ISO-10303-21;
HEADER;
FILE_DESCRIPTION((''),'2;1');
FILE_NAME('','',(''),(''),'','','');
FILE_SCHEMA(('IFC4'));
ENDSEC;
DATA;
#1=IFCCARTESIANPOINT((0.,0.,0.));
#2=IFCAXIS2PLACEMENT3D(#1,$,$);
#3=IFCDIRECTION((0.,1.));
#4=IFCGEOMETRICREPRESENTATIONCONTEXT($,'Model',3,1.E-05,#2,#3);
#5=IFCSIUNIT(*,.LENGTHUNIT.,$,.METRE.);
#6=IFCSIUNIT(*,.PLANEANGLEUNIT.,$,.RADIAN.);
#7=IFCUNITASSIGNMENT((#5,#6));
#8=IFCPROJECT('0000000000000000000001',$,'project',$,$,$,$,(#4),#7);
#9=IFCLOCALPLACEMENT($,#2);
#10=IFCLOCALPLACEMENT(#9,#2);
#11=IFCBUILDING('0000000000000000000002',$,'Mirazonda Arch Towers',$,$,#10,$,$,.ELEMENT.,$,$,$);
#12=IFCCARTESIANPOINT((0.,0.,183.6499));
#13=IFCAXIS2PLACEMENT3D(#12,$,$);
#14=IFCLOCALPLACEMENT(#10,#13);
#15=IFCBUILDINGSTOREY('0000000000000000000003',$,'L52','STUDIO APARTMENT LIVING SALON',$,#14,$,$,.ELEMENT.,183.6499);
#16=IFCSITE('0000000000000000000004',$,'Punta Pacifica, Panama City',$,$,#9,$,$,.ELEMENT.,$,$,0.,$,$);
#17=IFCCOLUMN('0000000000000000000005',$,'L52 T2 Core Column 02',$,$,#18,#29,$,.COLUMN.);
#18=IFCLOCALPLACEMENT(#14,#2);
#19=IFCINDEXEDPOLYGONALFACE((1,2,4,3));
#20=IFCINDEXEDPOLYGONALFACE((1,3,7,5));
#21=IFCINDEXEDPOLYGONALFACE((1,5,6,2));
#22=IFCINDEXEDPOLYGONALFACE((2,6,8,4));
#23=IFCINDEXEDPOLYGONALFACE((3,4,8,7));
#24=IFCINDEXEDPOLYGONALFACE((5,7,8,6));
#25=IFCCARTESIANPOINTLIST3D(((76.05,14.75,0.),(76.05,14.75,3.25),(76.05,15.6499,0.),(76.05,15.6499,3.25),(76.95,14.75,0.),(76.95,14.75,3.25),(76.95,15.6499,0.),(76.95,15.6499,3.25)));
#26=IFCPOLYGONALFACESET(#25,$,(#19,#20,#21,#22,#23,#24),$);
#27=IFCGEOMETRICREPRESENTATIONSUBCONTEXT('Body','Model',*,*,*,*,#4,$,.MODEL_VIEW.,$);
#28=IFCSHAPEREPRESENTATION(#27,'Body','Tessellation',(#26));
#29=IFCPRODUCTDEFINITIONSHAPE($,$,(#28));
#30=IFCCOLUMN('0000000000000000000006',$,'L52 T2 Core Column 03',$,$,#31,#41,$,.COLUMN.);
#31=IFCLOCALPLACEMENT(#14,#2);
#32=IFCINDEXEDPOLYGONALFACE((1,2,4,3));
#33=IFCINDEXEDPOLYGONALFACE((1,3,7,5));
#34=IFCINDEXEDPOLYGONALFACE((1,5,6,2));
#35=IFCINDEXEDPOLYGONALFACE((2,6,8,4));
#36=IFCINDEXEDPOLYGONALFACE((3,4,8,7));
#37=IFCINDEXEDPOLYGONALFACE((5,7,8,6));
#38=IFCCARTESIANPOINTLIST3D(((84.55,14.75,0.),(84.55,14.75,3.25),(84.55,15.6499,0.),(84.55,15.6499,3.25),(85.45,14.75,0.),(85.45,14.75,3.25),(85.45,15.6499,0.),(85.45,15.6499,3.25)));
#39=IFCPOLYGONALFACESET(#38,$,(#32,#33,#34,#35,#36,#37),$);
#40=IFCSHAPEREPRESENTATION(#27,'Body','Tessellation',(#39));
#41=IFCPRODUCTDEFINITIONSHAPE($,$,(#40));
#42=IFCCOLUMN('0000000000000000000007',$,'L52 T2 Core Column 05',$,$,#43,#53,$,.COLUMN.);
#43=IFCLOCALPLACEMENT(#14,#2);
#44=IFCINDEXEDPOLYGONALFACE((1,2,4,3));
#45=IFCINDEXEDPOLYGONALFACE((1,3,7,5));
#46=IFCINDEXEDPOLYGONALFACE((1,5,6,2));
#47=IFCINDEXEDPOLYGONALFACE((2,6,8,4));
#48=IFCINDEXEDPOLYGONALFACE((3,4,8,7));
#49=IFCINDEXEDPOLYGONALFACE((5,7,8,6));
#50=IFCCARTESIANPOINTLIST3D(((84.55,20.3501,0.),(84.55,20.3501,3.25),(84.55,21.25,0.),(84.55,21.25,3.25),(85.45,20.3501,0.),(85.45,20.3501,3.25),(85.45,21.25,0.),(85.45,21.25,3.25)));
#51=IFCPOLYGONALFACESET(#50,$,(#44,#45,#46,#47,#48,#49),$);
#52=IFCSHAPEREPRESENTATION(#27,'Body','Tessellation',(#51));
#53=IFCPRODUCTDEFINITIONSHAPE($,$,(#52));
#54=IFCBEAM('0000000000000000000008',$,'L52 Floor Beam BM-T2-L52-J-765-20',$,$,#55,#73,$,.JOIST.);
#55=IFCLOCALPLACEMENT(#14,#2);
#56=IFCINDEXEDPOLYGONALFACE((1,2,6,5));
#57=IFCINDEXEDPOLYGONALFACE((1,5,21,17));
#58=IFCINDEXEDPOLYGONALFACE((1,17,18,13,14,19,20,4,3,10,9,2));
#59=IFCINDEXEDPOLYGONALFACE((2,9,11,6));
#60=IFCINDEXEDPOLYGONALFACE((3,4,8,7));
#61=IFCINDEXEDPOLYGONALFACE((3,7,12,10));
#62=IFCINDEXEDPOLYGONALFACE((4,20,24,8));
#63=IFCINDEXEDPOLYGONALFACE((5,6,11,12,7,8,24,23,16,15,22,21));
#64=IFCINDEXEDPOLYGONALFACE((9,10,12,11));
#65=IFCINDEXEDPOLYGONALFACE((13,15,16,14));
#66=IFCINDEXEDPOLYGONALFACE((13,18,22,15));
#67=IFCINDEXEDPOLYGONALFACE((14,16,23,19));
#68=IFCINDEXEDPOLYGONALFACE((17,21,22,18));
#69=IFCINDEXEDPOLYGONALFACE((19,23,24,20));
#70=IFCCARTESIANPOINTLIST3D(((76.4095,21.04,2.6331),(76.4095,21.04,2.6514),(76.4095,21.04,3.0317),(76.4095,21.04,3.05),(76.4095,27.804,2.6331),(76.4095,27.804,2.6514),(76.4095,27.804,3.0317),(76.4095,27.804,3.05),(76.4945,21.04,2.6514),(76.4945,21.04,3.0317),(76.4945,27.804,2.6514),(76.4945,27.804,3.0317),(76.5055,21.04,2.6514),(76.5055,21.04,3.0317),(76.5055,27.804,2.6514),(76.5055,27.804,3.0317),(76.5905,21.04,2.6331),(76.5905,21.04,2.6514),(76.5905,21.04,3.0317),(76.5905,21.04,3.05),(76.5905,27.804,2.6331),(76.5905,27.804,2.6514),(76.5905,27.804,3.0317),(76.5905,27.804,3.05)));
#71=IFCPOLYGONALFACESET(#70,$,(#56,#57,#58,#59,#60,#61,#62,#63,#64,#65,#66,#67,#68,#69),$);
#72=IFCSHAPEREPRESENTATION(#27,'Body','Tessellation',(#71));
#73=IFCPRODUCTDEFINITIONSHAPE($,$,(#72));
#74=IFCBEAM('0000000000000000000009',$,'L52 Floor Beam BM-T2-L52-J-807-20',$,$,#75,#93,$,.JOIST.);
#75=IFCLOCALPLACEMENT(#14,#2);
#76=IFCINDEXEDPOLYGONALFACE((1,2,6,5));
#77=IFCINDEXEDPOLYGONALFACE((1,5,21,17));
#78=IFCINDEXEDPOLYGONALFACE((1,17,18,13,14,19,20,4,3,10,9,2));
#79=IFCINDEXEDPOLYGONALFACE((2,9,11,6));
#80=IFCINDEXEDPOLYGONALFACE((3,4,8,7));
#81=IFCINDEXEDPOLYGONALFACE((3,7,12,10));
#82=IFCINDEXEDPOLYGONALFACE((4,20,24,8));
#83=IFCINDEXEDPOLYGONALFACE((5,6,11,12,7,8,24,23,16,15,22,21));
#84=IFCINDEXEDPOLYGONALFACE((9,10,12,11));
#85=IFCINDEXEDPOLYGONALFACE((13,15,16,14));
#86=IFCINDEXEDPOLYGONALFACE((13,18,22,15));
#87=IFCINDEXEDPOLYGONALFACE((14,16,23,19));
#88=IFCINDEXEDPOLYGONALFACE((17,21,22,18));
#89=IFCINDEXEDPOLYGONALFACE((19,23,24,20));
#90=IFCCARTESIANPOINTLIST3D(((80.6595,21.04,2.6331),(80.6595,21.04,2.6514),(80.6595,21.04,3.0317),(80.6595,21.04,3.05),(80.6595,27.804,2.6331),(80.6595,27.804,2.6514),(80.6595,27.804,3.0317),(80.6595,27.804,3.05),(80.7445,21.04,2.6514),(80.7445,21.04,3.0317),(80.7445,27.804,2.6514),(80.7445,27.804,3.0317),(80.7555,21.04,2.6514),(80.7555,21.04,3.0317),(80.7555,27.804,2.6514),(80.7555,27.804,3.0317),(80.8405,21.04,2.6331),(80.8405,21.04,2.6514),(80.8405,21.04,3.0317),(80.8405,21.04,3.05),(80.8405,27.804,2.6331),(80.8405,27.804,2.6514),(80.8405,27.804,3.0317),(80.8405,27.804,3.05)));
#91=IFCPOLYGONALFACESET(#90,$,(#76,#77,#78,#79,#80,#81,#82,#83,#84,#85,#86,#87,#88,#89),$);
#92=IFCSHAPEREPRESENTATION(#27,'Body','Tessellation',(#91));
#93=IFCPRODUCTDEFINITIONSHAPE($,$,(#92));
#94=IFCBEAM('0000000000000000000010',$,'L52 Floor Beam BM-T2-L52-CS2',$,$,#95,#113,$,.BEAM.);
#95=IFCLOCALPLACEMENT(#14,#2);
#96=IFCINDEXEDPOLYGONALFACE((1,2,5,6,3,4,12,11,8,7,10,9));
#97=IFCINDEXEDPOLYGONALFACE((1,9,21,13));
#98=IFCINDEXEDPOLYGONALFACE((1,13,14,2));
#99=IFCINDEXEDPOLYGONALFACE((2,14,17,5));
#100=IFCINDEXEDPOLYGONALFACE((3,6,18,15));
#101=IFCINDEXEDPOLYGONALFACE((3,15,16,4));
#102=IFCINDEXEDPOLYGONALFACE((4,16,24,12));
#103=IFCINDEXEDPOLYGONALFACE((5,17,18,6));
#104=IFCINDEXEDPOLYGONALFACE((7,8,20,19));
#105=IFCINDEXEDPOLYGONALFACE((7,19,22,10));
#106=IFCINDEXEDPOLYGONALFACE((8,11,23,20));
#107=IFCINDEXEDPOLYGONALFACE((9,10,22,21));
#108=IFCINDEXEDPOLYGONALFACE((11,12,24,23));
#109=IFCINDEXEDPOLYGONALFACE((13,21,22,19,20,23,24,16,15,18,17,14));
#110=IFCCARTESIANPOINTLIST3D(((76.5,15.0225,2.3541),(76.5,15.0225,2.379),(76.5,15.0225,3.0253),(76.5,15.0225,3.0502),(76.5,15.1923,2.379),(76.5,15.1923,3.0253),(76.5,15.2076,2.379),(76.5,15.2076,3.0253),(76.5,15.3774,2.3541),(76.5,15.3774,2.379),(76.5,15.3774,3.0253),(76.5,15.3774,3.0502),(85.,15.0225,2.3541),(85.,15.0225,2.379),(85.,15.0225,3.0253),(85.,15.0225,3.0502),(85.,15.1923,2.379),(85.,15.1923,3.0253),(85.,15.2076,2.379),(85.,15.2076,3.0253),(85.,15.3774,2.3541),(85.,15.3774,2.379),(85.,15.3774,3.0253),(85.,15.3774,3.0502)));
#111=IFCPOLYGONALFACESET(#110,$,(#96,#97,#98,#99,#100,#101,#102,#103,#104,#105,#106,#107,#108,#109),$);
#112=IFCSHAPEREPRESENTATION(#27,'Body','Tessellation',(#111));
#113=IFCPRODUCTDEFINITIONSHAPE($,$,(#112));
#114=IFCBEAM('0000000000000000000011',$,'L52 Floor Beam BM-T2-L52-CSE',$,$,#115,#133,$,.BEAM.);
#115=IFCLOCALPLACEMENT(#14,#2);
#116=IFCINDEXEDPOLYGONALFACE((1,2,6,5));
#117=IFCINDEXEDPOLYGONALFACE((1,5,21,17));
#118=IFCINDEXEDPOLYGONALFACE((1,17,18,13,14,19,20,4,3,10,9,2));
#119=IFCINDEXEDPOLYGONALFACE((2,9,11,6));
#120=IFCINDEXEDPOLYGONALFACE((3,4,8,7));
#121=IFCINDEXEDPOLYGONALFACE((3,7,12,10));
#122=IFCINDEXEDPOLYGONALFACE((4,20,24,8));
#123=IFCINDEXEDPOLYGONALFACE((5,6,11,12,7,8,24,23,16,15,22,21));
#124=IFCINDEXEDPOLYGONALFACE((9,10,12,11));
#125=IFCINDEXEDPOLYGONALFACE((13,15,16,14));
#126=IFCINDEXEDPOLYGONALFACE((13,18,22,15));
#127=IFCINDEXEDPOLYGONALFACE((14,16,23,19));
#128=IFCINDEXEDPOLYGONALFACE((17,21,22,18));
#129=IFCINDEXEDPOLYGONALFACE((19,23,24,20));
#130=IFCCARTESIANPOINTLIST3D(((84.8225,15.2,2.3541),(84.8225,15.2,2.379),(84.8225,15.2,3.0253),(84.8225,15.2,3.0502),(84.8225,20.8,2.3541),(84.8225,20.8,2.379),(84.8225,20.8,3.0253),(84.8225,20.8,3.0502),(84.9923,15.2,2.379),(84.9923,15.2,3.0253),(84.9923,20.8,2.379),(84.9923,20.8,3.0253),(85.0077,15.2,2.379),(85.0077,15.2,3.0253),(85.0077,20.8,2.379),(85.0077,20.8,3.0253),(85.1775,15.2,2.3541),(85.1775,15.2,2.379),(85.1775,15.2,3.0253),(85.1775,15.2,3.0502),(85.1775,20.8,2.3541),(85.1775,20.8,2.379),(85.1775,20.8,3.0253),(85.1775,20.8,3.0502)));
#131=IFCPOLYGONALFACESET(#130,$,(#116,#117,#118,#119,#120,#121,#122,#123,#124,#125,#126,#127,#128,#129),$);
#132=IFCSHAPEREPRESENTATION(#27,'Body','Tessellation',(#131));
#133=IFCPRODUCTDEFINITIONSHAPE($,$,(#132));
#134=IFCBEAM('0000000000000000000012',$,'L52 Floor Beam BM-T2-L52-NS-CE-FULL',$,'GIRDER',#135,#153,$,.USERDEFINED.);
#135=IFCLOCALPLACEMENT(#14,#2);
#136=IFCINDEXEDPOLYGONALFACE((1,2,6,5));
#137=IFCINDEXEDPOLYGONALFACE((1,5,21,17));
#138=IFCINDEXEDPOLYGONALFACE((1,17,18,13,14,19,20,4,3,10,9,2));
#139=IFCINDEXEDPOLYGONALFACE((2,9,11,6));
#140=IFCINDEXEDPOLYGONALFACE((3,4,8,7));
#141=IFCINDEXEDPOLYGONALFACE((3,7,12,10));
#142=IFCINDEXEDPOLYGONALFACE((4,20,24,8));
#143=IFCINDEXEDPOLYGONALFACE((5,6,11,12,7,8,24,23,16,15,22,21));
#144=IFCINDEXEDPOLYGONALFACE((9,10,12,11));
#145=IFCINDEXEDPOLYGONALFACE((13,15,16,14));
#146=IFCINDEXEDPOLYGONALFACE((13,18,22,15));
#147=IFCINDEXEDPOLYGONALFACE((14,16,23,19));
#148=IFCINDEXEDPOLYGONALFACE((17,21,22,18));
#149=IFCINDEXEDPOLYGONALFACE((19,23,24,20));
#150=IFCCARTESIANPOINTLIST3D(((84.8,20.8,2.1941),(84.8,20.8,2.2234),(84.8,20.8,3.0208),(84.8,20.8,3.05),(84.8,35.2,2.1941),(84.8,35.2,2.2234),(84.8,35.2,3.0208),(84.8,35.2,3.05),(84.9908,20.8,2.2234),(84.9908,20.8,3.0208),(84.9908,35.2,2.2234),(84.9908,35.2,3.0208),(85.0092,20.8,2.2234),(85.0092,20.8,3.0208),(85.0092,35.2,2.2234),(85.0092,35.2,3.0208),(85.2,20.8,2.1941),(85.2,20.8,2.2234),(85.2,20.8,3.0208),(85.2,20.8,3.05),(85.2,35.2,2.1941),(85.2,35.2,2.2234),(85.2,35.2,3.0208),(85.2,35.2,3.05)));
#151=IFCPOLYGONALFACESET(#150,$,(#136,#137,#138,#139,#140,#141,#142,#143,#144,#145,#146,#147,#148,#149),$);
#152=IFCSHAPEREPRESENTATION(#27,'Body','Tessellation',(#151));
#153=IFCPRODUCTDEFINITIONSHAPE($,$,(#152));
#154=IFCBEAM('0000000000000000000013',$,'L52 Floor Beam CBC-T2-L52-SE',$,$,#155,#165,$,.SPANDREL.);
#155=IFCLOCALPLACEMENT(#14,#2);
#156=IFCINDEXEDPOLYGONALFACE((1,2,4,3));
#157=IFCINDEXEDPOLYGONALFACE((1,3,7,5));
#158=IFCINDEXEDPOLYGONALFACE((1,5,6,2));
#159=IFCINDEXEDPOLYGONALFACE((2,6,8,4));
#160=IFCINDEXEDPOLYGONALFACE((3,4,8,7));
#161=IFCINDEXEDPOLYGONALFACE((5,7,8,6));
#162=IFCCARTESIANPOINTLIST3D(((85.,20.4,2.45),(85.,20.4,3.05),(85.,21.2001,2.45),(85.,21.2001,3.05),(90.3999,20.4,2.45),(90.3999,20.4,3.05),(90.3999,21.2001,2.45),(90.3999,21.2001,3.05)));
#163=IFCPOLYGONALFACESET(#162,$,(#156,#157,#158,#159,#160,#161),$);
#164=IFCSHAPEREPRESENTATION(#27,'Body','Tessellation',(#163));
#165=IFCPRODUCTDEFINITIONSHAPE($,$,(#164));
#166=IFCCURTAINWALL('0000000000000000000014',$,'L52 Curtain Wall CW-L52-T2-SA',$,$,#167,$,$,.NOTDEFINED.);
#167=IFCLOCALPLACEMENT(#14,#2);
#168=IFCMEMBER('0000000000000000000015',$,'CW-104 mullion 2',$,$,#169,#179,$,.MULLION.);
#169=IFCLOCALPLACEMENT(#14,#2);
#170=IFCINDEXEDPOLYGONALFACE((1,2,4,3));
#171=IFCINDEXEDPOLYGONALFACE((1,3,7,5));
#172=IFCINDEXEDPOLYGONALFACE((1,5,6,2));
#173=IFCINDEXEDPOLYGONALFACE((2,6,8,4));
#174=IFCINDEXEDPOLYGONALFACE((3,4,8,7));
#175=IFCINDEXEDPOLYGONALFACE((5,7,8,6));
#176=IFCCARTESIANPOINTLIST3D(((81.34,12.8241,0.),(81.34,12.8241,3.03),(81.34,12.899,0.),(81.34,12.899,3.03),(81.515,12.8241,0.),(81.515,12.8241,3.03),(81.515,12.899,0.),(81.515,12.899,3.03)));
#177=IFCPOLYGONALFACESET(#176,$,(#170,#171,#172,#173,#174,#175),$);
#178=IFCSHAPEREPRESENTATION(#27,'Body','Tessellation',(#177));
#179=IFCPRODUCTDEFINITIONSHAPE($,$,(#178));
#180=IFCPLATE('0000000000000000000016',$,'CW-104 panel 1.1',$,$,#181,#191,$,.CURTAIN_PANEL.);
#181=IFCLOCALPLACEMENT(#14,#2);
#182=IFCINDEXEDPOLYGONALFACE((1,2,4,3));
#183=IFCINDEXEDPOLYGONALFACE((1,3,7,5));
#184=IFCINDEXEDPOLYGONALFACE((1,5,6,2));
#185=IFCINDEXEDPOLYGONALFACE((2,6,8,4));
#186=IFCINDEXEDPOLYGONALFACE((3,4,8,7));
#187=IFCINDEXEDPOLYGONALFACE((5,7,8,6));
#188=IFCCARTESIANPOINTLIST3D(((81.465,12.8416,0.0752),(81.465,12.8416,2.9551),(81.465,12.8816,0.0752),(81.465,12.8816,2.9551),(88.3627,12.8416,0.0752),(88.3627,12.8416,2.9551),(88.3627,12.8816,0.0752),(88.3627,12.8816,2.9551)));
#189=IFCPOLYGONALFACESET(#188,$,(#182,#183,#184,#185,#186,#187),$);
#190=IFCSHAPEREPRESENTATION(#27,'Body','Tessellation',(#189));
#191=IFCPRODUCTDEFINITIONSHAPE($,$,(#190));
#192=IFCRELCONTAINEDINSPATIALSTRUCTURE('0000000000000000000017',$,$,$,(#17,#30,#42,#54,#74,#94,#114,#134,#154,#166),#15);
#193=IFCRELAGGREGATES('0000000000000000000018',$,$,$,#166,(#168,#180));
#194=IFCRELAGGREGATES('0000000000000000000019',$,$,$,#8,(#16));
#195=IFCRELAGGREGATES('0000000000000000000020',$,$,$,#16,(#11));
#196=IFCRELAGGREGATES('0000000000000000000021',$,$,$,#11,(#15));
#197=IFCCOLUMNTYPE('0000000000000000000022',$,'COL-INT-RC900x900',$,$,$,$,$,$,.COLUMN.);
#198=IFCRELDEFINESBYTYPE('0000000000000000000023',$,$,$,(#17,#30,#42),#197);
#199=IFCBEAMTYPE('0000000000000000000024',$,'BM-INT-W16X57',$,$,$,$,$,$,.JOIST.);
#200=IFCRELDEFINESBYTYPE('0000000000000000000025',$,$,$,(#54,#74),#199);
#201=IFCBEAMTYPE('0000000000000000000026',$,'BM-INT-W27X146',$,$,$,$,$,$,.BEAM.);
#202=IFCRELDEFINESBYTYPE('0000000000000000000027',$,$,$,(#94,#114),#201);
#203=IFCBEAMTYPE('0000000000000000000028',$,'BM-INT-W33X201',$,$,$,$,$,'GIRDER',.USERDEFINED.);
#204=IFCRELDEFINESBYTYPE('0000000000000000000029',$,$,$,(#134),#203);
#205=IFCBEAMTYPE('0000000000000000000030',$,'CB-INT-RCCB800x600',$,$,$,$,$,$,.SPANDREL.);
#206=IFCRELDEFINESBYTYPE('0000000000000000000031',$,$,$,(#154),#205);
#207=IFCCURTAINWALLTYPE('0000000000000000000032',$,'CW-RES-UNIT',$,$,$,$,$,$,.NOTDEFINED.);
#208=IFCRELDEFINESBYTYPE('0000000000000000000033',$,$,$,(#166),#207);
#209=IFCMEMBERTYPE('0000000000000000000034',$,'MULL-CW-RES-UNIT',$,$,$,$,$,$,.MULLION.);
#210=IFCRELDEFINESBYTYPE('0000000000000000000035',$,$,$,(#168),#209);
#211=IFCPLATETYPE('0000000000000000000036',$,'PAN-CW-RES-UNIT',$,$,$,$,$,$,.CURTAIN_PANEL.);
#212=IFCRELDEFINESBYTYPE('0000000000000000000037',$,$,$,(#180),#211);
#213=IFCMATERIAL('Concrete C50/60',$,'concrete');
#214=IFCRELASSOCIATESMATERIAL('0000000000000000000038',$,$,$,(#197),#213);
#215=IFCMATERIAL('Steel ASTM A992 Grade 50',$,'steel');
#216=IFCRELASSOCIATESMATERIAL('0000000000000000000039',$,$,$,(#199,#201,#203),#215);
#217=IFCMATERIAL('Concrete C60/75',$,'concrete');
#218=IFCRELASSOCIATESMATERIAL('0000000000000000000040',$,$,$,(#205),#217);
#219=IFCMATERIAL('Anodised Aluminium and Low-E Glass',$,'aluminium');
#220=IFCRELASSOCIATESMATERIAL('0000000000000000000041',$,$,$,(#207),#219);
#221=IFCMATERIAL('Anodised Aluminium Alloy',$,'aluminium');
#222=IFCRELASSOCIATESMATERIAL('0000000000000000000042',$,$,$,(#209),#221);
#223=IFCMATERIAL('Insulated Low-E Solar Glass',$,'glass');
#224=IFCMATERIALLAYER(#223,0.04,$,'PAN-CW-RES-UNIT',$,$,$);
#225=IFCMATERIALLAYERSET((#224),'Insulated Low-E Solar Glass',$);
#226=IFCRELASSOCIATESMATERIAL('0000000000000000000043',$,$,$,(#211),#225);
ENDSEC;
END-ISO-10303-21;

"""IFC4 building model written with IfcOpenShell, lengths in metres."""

from ifc_helpers import new_model, si_unit, direction, frame, origin, origin_2d, place, context, subcontext, project, spatial, rectangle, i_section, extrude, material, layer, layer_set, material_profile, profile_set, type_object, element, aggregate, save


model = new_model("IFC4")

# Units and contexts
model_context = context("Model", 3, precision=1e-05, world=origin(), true_north=direction((0.0, 1.0)))
body_context = subcontext(model_context, "Body", "Model", "MODEL_VIEW")
ifc_project = project(units=[si_unit("LENGTHUNIT", "METRE"), si_unit("PLANEANGLEUNIT", "RADIAN")], contexts=[model_context])

# Site, building, storey
site_placement = place(None, origin())
site = spatial("IfcSite", under=ifc_project, at=site_placement, Name="Punta Pacifica, Panama City", CompositionType="ELEMENT", RefElevation=0.0)
building_placement = place(site_placement, origin())
building = spatial("IfcBuilding", under=site, at=building_placement, Name="Mirazonda Arch Towers", CompositionType="ELEMENT")
storey_placement = place(building_placement, frame((0.0, 0.0, 183.6499)))
storey = spatial("IfcBuildingStorey", under=building, at=storey_placement, Name="L52", Description="STUDIO APARTMENT LIVING SALON", CompositionType="ELEMENT", Elevation=183.6499)

# Columns
ifc_material_1 = material(Name="Concrete C50/60", Category="concrete")
ifc_material_profile_1 = material_profile(ifc_material_1, rectangle(XDim=0.8999, YDim=0.8999, at=origin_2d()), Name="RC900x900")
ifc_profile_set_1 = profile_set([ifc_material_profile_1], Name="Concrete C50/60")
column_type = type_object("IfcColumnType", Name="COL-INT-RC900x900", PredefinedType="COLUMN", material=ifc_profile_set_1)
for number, where, z_axis, x_axis, name in (
    (1, (76.5, 15.2, 0.0), (0.0, 0.0, 1.0), (1.0, 0.0, 0.0), "L52 T2 Core Column 02"),
    (2, (85.0, 15.2, 0.0), (0.0, 0.0, 1.0), (1.0, 0.0, 0.0), "L52 T2 Core Column 03"),
    (3, (85.0, 20.8, 0.0), (0.0, 0.0, 1.0), (1.0, 0.0, 0.0), "L52 T2 Core Column 05"),
):
    element("IfcColumn", number, at=place(storey_placement, frame(where, z_axis=z_axis, x_axis=x_axis)), inside=storey, type_object=column_type, Name=name, PredefinedType="COLUMN", context=body_context, shape_type="SweptSolid", body=[
        extrude(rectangle(XDim=0.8999, YDim=0.8999, at=origin_2d()), origin(), (0.0, 0.0, 1.0), 3.25),
    ])

# Beams
ifc_material_2 = material(Name="Steel ASTM A992 Grade 50", Category="steel")
ifc_material_profile_2 = material_profile(ifc_material_2, i_section(OverallWidth=0.1809, OverallDepth=0.417, WebThickness=0.011, FlangeThickness=0.0183, at=origin_2d()), Name="W16X57")
ifc_profile_set_2 = profile_set([ifc_material_profile_2], Name="Steel ASTM A992 Grade 50")
beam_type_1 = type_object("IfcBeamType", Name="BM-INT-W16X57", PredefinedType="JOIST", material=ifc_profile_set_2)
for number, where, z_axis, x_axis, name in (
    (4, (76.5, 21.04, 2.8416), (0.0, 1.0, 0.0), (-1.0, 0.0, 0.0), "L52 Floor Beam BM-T2-L52-J-765-20"),
    (5, (80.75, 21.04, 2.8416), (0.0, 1.0, 0.0), (-1.0, 0.0, 0.0), "L52 Floor Beam BM-T2-L52-J-807-20"),
):
    element("IfcBeam", number, at=place(storey_placement, frame(where, z_axis=z_axis, x_axis=x_axis)), inside=storey, type_object=beam_type_1, Name=name, PredefinedType="JOIST", context=body_context, shape_type="SweptSolid", body=[
        extrude(i_section(OverallWidth=0.1809, OverallDepth=0.417, WebThickness=0.011, FlangeThickness=0.0183, at=origin_2d()), origin(), (0.0, 0.0, 1.0), 6.7639),
    ])
ifc_material_profile_3 = material_profile(ifc_material_2, i_section(OverallWidth=0.355, OverallDepth=0.696, WebThickness=0.0154, FlangeThickness=0.0249, at=origin_2d()), Name="W27X146")
ifc_profile_set_3 = profile_set([ifc_material_profile_3], Name="Steel ASTM A992 Grade 50")
beam_type_2 = type_object("IfcBeamType", Name="BM-INT-W27X146", PredefinedType="BEAM", material=ifc_profile_set_3)
beam_1_placement = place(storey_placement, frame((76.5, 15.2, 2.7021), z_axis=(1.0, 0.0, 0.0), x_axis=(0.0, 1.0, 0.0)))
element("IfcBeam", 6, at=beam_1_placement, inside=storey, type_object=beam_type_2, Name="L52 Floor Beam BM-T2-L52-CS2", PredefinedType="BEAM", context=body_context, shape_type="SweptSolid", body=[
    extrude(i_section(OverallWidth=0.355, OverallDepth=0.696, WebThickness=0.0154, FlangeThickness=0.0249, at=origin_2d()), origin(), (0.0, 0.0, 1.0), 8.5),
])
beam_2_placement = place(storey_placement, frame((85.0, 15.2, 2.7021), z_axis=(0.0, 1.0, 0.0), x_axis=(-1.0, 0.0, 0.0)))
element("IfcBeam", 7, at=beam_2_placement, inside=storey, type_object=beam_type_2, Name="L52 Floor Beam BM-T2-L52-CSE", PredefinedType="BEAM", context=body_context, shape_type="SweptSolid", body=[
    extrude(i_section(OverallWidth=0.355, OverallDepth=0.696, WebThickness=0.0154, FlangeThickness=0.0249, at=origin_2d()), origin(), (0.0, 0.0, 1.0), 5.6001),
])
ifc_material_profile_4 = material_profile(ifc_material_2, i_section(OverallWidth=0.3999, OverallDepth=0.856, WebThickness=0.0183, FlangeThickness=0.0293, at=origin_2d()), Name="W33X201")
ifc_profile_set_4 = profile_set([ifc_material_profile_4], Name="Steel ASTM A992 Grade 50")
beam_type_3 = type_object("IfcBeamType", Name="BM-INT-W33X201", ElementType="GIRDER", PredefinedType="USERDEFINED", material=ifc_profile_set_4)
beam_3_placement = place(storey_placement, frame((85.0, 20.8, 2.6221), z_axis=(0.0, 1.0, 0.0), x_axis=(-1.0, 0.0, 0.0)))
element("IfcBeam", 8, at=beam_3_placement, inside=storey, type_object=beam_type_3, Name="L52 Floor Beam BM-T2-L52-NS-CE-FULL", ObjectType="GIRDER", PredefinedType="USERDEFINED", context=body_context, shape_type="SweptSolid", body=[
    extrude(i_section(OverallWidth=0.3999, OverallDepth=0.856, WebThickness=0.0183, FlangeThickness=0.0293, at=origin_2d()), origin(), (0.0, 0.0, 1.0), 14.3999),
])
ifc_material_3 = material(Name="Concrete C60/75", Category="concrete")
ifc_material_profile_5 = material_profile(ifc_material_3, rectangle(XDim=0.8, YDim=0.6001, at=origin_2d()), Name="RCCB800x600")
ifc_profile_set_5 = profile_set([ifc_material_profile_5], Name="Concrete C60/75")
beam_type_4 = type_object("IfcBeamType", Name="CB-INT-RCCB800x600", PredefinedType="SPANDREL", material=ifc_profile_set_5)
beam_4_placement = place(storey_placement, frame((85.0, 20.8, 2.75), z_axis=(1.0, 0.0, 0.0), x_axis=(0.0, 1.0, 0.0)))
element("IfcBeam", 9, at=beam_4_placement, inside=storey, type_object=beam_type_4, Name="L52 Floor Beam CBC-T2-L52-SE", PredefinedType="SPANDREL", context=body_context, shape_type="SweptSolid", body=[
    extrude(rectangle(XDim=0.8, YDim=0.6001, at=origin_2d()), origin(), (0.0, 0.0, 1.0), 5.3999),
])

# Curtain wall, member, plate
ifc_material_4 = material(Name="Anodised Aluminium and Low-E Glass", Category="aluminium")
curtain_wall_type = type_object("IfcCurtainWallType", Name="CW-RES-UNIT", PredefinedType="NOTDEFINED", material=ifc_material_4)
curtain_wall_placement = place(storey_placement, origin())
curtain_wall = element("IfcCurtainWall", 10, at=curtain_wall_placement, inside=storey, type_object=curtain_wall_type, Name="L52 Curtain Wall CW-L52-T2-SA", PredefinedType="NOTDEFINED")
ifc_material_5 = material(Name="Anodised Aluminium Alloy", Category="aluminium")
ifc_material_profile_6 = material_profile(ifc_material_5, rectangle(XDim=0.075, YDim=0.175, at=origin_2d()), Name="ALU-MULL-75x175")
ifc_profile_set_6 = profile_set([ifc_material_profile_6], Name="Anodised Aluminium Alloy")
member_type = type_object("IfcMemberType", Name="MULL-CW-RES-UNIT", PredefinedType="MULLION", material=ifc_profile_set_6)
member_placement = place(storey_placement, frame((81.4275, 12.8616, 0.0), z_axis=(0.0, 0.0, 1.0), x_axis=(0.0, -1.0, 0.0)))
member = element("IfcMember", 11, at=member_placement, type_object=member_type, Name="CW-104 mullion 2", PredefinedType="MULLION", context=body_context, shape_type="SweptSolid", body=[
    extrude(rectangle(XDim=0.075, YDim=0.175, at=origin_2d()), origin(), (0.0, 0.0, 1.0), 3.03),
])
ifc_material_6 = material(Name="Insulated Low-E Solar Glass", Category="glass")
ifc_layer_1 = layer(ifc_material_6, 0.04, Name="PAN-CW-RES-UNIT")
ifc_layer_set_1 = layer_set([ifc_layer_1], Name="Insulated Low-E Solar Glass")
plate_type = type_object("IfcPlateType", Name="PAN-CW-RES-UNIT", PredefinedType="CURTAIN_PANEL", material=ifc_layer_set_1)
plate_placement = place(storey_placement, frame((84.9138, 12.8616, 0.0752), z_axis=(0.0, 0.0, 1.0), x_axis=(-1.0, 0.0, 0.0)))
plate = element("IfcPlate", 12, at=plate_placement, type_object=plate_type, Name="CW-104 panel 1.1", PredefinedType="CURTAIN_PANEL", context=body_context, shape_type="SweptSolid", body=[
    extrude(rectangle(XDim=6.8977, YDim=0.04, at=origin_2d()), origin(), (0.0, 0.0, 1.0), 2.8799),
])
aggregate(curtain_wall, [member, plate])

save(model, "model.ifc")
